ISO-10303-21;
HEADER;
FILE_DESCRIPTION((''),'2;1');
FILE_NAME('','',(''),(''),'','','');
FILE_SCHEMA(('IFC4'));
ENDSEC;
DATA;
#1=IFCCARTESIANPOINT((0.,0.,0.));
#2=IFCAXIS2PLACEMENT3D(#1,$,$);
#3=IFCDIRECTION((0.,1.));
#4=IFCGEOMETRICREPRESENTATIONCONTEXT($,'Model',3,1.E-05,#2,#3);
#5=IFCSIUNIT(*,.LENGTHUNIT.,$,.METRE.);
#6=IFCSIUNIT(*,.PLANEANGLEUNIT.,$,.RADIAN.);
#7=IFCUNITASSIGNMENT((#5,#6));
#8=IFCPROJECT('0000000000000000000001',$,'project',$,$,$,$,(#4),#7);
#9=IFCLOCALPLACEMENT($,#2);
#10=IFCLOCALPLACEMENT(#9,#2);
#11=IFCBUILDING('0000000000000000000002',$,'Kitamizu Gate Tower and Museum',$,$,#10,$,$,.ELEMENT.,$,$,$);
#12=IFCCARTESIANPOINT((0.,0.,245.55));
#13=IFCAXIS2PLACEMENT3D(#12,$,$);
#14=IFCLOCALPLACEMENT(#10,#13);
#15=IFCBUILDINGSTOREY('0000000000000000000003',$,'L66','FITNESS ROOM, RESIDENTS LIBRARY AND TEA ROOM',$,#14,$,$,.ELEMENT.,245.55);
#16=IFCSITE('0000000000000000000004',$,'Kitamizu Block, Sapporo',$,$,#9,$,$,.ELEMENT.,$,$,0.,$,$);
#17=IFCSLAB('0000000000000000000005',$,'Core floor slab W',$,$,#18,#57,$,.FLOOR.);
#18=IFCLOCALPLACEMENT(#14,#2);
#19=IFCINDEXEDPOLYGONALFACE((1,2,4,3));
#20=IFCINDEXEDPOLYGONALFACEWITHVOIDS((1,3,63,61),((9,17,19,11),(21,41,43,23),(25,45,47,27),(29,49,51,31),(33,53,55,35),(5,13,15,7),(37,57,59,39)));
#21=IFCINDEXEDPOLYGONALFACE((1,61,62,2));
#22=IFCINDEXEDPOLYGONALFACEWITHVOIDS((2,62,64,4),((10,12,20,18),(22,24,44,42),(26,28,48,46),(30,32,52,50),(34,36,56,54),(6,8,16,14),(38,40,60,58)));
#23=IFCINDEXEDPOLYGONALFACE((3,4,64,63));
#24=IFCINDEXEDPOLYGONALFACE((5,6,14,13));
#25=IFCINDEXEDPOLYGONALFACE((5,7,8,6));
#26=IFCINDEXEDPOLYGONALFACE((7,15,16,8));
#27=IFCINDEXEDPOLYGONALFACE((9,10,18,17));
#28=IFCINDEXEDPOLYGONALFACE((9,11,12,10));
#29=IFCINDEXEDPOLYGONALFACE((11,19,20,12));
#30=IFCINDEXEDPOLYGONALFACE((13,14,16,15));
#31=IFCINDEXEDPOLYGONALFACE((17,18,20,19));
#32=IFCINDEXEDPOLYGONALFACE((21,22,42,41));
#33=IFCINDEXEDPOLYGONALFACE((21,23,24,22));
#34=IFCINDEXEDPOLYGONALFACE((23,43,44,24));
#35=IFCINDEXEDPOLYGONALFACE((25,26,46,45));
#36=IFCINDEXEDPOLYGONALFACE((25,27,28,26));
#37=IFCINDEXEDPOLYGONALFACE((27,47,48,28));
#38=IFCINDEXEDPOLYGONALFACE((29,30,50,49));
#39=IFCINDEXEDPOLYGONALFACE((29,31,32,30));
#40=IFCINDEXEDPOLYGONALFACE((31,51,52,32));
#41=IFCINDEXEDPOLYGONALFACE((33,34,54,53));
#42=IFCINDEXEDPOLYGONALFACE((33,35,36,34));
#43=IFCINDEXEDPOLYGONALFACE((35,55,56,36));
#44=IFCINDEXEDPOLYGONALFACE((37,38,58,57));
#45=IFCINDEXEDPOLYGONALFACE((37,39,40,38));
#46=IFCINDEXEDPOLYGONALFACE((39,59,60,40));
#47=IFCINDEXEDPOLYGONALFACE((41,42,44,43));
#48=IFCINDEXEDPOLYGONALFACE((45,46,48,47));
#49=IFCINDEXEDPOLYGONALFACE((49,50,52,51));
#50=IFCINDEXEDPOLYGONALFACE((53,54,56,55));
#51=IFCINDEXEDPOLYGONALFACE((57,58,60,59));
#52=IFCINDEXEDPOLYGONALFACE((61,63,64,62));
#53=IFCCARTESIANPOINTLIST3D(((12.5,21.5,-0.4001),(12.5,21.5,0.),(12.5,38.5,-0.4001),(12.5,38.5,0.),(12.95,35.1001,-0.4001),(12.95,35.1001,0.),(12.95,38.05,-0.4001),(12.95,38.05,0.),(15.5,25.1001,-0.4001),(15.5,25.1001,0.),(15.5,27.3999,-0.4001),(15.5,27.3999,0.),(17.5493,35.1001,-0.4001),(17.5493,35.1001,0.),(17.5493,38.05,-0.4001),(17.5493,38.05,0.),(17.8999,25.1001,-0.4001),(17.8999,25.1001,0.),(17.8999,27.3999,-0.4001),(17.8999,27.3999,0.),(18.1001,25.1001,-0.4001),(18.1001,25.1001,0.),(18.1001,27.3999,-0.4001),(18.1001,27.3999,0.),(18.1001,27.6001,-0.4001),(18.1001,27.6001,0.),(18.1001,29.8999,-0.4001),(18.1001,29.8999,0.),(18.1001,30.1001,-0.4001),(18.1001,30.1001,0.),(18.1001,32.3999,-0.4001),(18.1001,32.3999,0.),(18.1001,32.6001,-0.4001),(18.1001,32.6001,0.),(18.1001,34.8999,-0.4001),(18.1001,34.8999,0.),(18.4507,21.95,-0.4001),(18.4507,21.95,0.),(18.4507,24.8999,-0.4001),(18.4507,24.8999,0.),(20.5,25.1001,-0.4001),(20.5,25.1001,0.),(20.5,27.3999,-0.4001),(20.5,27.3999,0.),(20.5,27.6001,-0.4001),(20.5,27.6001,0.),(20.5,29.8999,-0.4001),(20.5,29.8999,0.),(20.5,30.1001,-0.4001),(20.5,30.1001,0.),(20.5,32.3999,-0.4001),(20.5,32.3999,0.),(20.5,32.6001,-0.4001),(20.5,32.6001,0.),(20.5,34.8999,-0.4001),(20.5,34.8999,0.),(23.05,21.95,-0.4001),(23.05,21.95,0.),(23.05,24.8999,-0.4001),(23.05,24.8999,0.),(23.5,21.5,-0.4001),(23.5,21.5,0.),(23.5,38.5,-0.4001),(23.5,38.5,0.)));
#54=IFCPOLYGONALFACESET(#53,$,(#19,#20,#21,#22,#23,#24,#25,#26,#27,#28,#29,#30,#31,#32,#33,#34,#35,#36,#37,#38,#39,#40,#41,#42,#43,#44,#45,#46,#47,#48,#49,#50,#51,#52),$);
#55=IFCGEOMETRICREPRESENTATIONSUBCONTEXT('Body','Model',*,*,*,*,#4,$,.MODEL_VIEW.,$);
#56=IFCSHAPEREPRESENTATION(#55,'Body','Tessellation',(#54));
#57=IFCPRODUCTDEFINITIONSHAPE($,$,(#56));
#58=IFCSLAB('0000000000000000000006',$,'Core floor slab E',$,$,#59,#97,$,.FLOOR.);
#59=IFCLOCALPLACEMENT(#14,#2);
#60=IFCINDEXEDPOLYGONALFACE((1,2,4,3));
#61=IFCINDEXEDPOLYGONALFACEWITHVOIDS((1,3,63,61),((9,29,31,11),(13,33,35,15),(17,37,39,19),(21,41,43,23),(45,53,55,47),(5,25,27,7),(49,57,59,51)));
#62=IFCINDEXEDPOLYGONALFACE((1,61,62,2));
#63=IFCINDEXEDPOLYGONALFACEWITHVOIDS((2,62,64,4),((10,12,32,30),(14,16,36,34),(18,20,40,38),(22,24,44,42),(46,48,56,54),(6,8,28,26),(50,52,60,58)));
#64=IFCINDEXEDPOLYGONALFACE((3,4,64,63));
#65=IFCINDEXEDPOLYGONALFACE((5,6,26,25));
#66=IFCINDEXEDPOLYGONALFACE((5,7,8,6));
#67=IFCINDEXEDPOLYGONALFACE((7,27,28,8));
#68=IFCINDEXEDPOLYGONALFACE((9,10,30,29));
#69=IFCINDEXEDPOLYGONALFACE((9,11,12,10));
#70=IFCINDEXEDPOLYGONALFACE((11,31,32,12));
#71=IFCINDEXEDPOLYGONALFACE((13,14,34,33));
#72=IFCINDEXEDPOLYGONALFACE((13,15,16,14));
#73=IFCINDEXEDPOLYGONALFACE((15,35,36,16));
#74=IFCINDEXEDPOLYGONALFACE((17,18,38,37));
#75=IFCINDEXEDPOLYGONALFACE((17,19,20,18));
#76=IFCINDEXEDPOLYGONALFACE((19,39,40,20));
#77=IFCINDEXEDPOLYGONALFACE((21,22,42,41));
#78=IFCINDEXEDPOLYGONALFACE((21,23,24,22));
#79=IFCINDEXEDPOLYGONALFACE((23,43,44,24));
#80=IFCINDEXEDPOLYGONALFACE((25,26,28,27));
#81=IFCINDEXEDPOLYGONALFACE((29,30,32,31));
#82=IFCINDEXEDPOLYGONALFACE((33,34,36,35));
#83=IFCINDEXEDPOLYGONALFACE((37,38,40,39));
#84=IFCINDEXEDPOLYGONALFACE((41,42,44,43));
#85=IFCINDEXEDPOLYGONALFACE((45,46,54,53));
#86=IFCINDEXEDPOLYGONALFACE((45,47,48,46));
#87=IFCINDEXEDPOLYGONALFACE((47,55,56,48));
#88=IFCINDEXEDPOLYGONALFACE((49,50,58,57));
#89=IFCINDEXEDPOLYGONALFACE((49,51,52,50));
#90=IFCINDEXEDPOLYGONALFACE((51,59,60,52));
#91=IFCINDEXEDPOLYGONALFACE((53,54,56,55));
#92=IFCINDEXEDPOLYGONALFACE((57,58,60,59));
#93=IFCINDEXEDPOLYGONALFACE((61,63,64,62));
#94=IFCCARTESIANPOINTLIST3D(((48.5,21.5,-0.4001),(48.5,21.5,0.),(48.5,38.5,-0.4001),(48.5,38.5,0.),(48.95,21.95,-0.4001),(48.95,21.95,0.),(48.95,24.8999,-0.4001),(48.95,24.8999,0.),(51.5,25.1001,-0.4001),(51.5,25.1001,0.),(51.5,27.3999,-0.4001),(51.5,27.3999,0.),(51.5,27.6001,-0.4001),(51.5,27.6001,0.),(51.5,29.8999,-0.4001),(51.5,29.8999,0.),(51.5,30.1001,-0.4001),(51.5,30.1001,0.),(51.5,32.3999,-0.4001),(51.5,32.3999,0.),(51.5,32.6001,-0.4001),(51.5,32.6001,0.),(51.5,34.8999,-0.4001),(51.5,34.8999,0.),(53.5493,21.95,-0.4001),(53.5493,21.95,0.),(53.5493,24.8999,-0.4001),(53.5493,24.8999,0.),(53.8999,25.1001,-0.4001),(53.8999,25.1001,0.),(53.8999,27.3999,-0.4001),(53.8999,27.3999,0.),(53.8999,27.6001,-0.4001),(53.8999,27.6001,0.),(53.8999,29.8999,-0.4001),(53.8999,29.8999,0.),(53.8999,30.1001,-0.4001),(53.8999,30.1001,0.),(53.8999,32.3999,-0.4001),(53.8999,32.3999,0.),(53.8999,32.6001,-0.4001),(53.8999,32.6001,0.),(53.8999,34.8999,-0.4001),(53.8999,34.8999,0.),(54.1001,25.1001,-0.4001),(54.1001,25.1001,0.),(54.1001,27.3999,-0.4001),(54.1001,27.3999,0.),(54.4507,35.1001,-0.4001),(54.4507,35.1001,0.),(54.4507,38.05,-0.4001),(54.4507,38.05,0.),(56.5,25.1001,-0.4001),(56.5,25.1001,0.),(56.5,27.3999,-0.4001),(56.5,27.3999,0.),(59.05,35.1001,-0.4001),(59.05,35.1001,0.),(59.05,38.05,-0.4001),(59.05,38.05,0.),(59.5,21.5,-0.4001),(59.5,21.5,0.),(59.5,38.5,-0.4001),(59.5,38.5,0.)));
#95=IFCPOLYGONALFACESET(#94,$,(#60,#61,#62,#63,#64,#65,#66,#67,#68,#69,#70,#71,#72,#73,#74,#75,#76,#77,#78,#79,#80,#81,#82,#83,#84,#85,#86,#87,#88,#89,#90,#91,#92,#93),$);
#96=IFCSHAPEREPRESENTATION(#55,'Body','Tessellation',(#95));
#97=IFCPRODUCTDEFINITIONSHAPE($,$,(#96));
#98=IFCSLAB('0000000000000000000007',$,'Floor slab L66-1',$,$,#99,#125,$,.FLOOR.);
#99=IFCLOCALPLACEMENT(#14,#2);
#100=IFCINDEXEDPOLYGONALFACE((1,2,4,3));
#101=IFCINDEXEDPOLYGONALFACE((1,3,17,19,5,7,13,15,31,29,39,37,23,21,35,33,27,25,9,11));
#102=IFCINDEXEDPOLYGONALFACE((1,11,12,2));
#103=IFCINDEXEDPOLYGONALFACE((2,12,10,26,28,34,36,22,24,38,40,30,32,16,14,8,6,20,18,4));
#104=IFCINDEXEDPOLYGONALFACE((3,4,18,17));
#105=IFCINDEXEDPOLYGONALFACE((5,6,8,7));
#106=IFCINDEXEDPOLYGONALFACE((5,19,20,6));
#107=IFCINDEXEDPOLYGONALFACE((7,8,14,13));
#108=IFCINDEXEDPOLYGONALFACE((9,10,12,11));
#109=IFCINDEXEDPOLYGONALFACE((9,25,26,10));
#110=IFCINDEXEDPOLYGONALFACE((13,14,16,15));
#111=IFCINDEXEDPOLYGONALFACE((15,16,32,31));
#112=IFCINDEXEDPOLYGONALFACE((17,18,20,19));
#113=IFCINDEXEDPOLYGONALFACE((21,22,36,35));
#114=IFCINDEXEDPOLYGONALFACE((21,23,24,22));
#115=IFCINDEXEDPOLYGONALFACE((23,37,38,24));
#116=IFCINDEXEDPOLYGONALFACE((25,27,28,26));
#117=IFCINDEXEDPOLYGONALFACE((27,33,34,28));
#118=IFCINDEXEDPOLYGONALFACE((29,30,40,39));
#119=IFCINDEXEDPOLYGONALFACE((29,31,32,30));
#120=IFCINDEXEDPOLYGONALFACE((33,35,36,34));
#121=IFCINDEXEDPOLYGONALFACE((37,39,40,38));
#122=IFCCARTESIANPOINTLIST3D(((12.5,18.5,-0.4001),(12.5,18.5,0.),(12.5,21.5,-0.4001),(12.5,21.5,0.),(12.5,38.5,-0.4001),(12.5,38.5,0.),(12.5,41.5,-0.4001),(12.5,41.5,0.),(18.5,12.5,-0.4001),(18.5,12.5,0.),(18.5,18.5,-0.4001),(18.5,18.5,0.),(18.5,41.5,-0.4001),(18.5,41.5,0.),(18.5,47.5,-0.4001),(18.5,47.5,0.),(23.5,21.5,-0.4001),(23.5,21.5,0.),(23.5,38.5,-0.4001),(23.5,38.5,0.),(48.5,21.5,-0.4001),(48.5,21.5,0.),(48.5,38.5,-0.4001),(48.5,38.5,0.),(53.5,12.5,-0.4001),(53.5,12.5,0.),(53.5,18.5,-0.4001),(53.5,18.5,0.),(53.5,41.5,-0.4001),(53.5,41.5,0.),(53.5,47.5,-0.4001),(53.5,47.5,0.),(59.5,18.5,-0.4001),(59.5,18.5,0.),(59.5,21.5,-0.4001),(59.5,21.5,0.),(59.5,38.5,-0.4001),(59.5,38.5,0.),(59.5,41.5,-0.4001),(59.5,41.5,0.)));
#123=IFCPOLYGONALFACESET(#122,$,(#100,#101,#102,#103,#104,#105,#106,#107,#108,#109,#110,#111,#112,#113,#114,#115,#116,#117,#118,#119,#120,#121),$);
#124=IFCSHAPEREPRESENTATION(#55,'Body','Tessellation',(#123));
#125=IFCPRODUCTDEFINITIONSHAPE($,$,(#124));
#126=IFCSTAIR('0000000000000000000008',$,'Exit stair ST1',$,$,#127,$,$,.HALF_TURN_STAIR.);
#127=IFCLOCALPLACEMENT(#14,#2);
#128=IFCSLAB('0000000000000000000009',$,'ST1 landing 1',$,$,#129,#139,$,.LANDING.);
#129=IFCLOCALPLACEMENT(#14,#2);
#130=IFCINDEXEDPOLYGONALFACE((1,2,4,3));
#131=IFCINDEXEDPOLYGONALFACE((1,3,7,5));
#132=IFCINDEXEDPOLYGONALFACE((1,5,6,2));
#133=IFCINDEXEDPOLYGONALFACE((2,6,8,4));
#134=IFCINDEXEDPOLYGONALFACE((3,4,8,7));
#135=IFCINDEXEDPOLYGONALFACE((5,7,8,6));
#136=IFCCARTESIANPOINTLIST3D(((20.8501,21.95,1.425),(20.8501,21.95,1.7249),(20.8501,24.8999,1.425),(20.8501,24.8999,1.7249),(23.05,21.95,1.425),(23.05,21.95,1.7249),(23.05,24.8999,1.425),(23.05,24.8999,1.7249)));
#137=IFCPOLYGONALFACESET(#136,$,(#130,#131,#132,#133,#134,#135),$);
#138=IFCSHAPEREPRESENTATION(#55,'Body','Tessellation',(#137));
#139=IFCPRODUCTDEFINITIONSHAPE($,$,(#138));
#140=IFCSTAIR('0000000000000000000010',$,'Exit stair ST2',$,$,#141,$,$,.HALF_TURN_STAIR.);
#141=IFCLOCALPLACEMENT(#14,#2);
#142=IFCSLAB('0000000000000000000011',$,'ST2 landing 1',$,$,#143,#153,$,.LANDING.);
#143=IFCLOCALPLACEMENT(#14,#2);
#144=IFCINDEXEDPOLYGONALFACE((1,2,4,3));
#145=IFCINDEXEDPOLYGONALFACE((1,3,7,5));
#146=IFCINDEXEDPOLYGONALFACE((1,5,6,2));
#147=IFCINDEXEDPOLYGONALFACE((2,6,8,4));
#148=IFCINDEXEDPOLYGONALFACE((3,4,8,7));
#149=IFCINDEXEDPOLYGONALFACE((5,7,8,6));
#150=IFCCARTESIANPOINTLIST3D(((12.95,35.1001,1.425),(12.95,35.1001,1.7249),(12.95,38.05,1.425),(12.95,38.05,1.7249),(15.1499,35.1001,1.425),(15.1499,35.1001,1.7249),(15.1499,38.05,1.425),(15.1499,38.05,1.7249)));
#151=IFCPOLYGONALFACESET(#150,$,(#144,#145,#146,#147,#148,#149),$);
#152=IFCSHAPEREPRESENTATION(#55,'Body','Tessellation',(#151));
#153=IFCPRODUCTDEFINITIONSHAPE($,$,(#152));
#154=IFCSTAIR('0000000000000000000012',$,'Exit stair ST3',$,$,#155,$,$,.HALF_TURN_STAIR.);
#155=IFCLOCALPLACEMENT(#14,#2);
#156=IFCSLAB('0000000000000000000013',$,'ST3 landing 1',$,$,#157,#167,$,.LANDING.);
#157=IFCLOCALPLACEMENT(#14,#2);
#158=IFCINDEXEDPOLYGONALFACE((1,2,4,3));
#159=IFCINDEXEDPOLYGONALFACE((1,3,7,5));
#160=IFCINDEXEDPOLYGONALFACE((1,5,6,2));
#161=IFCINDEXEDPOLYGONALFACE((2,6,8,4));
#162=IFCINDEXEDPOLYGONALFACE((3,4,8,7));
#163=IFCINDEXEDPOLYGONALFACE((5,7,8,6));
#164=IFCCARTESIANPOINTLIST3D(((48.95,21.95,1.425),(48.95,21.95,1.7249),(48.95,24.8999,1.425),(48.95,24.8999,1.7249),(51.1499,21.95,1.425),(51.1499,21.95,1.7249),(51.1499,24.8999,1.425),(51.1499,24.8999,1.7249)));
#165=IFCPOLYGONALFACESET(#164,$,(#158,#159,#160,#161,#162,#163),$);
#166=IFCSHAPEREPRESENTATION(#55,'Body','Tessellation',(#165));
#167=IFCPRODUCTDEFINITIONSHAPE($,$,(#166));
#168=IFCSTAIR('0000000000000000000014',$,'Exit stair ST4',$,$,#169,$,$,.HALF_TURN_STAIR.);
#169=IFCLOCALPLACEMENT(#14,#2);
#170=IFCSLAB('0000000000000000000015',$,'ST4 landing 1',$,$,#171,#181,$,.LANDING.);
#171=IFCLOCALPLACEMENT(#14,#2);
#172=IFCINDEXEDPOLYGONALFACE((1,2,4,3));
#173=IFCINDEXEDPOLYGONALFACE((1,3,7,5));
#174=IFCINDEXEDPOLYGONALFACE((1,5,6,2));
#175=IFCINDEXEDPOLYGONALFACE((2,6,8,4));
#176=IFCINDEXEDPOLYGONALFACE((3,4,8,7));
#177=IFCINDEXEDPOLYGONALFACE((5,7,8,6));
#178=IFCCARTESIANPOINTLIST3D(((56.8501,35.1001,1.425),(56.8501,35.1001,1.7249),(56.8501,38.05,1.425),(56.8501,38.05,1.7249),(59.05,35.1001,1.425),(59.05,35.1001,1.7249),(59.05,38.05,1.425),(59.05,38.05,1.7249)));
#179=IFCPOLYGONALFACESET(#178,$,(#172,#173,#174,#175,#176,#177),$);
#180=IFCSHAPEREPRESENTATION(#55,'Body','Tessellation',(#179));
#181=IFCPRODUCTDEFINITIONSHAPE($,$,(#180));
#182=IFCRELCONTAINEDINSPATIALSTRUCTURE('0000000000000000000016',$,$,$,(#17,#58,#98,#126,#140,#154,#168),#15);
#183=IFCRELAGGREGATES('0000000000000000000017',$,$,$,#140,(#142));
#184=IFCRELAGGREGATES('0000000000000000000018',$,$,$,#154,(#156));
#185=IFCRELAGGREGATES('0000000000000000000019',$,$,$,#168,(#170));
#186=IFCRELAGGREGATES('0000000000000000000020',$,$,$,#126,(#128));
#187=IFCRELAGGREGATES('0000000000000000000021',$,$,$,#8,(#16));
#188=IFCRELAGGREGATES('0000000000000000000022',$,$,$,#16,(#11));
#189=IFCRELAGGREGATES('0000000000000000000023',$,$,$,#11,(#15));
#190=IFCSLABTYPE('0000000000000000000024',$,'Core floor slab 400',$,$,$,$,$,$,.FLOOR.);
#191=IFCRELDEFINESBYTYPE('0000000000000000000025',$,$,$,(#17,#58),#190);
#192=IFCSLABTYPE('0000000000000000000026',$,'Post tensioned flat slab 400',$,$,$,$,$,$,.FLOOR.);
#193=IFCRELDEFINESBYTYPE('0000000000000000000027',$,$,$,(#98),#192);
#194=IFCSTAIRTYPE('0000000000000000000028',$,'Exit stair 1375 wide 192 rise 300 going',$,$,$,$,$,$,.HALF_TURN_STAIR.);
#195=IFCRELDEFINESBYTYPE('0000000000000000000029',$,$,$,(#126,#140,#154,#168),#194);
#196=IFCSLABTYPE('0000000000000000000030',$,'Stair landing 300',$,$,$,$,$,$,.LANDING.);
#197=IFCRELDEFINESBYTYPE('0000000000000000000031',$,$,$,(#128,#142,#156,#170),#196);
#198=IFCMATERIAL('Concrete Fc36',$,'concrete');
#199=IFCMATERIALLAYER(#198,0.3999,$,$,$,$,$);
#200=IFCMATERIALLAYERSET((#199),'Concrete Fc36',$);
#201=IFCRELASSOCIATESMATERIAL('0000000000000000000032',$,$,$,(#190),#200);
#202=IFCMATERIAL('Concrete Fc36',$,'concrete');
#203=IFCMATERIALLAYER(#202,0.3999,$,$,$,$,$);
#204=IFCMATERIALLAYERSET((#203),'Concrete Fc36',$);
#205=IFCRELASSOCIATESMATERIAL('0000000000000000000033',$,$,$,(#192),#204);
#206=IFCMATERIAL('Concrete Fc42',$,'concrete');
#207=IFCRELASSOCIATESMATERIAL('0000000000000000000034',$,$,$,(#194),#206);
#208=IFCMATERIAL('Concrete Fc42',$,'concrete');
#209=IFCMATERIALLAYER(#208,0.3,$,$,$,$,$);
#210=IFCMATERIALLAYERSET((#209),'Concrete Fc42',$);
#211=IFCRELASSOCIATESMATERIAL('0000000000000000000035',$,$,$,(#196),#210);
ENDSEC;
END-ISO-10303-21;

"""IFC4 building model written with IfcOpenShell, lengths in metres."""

from ifc_helpers import new_model, si_unit, direction, frame, origin, place, context, subcontext, project, spatial, polyline, outline, extrude, material, layer, layer_set, type_object, element, aggregate, save


model = new_model("IFC4")

# Units and contexts
model_context = context("Model", 3, precision=1e-05, world=origin(), true_north=direction((0.0, 1.0)))
body_context = subcontext(model_context, "Body", "Model", "MODEL_VIEW")
ifc_project = project(units=[si_unit("LENGTHUNIT", "METRE"), si_unit("PLANEANGLEUNIT", "RADIAN")], contexts=[model_context])

# Site, building, storey
site_placement = place(None, origin())
site = spatial("IfcSite", under=ifc_project, at=site_placement, Name="Kitamizu Block, Sapporo", CompositionType="ELEMENT", RefElevation=0.0)
building_placement = place(site_placement, origin())
building = spatial("IfcBuilding", under=site, at=building_placement, Name="Kitamizu Gate Tower and Museum", CompositionType="ELEMENT")
storey_placement = place(building_placement, frame((0.0, 0.0, 245.55)))
storey = spatial("IfcBuildingStorey", under=building, at=storey_placement, Name="L66", Description="FITNESS ROOM, RESIDENTS LIBRARY AND TEA ROOM", CompositionType="ELEMENT", Elevation=245.55)

# Slabs
ifc_material_1 = material(Name="Concrete Fc36", Category="concrete")
ifc_layer_1 = layer(ifc_material_1, 0.3999)
ifc_layer_set_1 = layer_set([ifc_layer_1], Name="Concrete Fc36")
slab_type_1 = type_object("IfcSlabType", Name="Core floor slab 400", PredefinedType="FLOOR", material=ifc_layer_set_1)
slab_1_placement = place(storey_placement, frame((0.0, 0.0, -0.4001)))
element("IfcSlab", 1, at=slab_1_placement, inside=storey, type_object=slab_type_1, Name="Core floor slab W", PredefinedType="FLOOR", context=body_context, shape_type="SweptSolid", body=[
    extrude(outline(polyline([(12.5, 21.5), (23.5, 21.5), (23.5, 38.5), (12.5, 38.5), (12.5, 21.5)]), holes=[polyline([(15.5, 25.1001), (17.8999, 25.1001), (17.8999, 27.3999), (15.5, 27.3999), (15.5, 25.1001)]), polyline([(18.1001, 25.1001), (20.5, 25.1001), (20.5, 27.3999), (18.1001, 27.3999), (18.1001, 25.1001)]), polyline([(18.1001, 27.6001), (20.5, 27.6001), (20.5, 29.8999), (18.1001, 29.8999), (18.1001, 27.6001)]), polyline([(18.1001, 30.1001), (20.5, 30.1001), (20.5, 32.3999), (18.1001, 32.3999), (18.1001, 30.1001)]), polyline([(18.1001, 32.6001), (20.5, 32.6001), (20.5, 34.8999), (18.1001, 34.8999), (18.1001, 32.6001)]), polyline([(18.4507, 21.95), (23.05, 21.95), (23.05, 24.8999), (18.4507, 24.8999), (18.4507, 21.95)]), polyline([(12.95, 35.1001), (17.5493, 35.1001), (17.5493, 38.05), (12.95, 38.05), (12.95, 35.1001)])]), origin(), (0.0, 0.0, 1.0), 0.4001),
])
slab_2_placement = place(storey_placement, frame((0.0, 0.0, -0.4001)))
element("IfcSlab", 2, at=slab_2_placement, inside=storey, type_object=slab_type_1, Name="Core floor slab E", PredefinedType="FLOOR", context=body_context, shape_type="SweptSolid", body=[
    extrude(outline(polyline([(48.5, 21.5), (59.5, 21.5), (59.5, 38.5), (48.5, 38.5), (48.5, 21.5)]), holes=[polyline([(54.1001, 25.1001), (56.5, 25.1001), (56.5, 27.3999), (54.1001, 27.3999), (54.1001, 25.1001)]), polyline([(51.5, 25.1001), (53.8999, 25.1001), (53.8999, 27.3999), (51.5, 27.3999), (51.5, 25.1001)]), polyline([(51.5, 27.6001), (53.8999, 27.6001), (53.8999, 29.8999), (51.5, 29.8999), (51.5, 27.6001)]), polyline([(51.5, 30.1001), (53.8999, 30.1001), (53.8999, 32.3999), (51.5, 32.3999), (51.5, 30.1001)]), polyline([(51.5, 32.6001), (53.8999, 32.6001), (53.8999, 34.8999), (51.5, 34.8999), (51.5, 32.6001)]), polyline([(48.95, 21.95), (53.5493, 21.95), (53.5493, 24.8999), (48.95, 24.8999), (48.95, 21.95)]), polyline([(54.4507, 35.1001), (59.05, 35.1001), (59.05, 38.05), (54.4507, 38.05), (54.4507, 35.1001)])]), origin(), (0.0, 0.0, 1.0), 0.4001),
])
ifc_material_2 = material(Name="Concrete Fc36", Category="concrete")
ifc_layer_2 = layer(ifc_material_2, 0.3999)
ifc_layer_set_2 = layer_set([ifc_layer_2], Name="Concrete Fc36")
slab_type_2 = type_object("IfcSlabType", Name="Post tensioned flat slab 400", PredefinedType="FLOOR", material=ifc_layer_set_2)
slab_3_placement = place(storey_placement, frame((0.0, 0.0, -0.4001)))
element("IfcSlab", 3, at=slab_3_placement, inside=storey, type_object=slab_type_2, Name="Floor slab L66-1", PredefinedType="FLOOR", context=body_context, shape_type="SweptSolid", body=[
    extrude(outline(polyline([(12.5, 18.5), (12.5, 21.5), (23.5, 21.5), (23.5, 38.5), (12.5, 38.5), (12.5, 41.5), (18.5, 41.5), (18.5, 47.5), (53.5, 47.5), (53.5, 41.5), (59.5, 41.5), (59.5, 38.5), (48.5, 38.5), (48.5, 21.5), (59.5, 21.5), (59.5, 18.5), (53.5, 18.5), (53.5, 12.5), (18.5, 12.5), (18.5, 18.5), (12.5, 18.5)])), origin(), (0.0, 0.0, 1.0), 0.4001),
])

# Stairs, slabs
ifc_material_3 = material(Name="Concrete Fc42", Category="concrete")
stair_type = type_object("IfcStairType", Name="Exit stair 1375 wide 192 rise 300 going", PredefinedType="HALF_TURN_STAIR", material=ifc_material_3)
stair_1_placement = place(storey_placement, origin())
stair_1 = element("IfcStair", 4, at=stair_1_placement, inside=storey, type_object=stair_type, Name="Exit stair ST1", PredefinedType="HALF_TURN_STAIR")
ifc_material_4 = material(Name="Concrete Fc42", Category="concrete")
ifc_layer_3 = layer(ifc_material_4, 0.3)
ifc_layer_set_3 = layer_set([ifc_layer_3], Name="Concrete Fc42")
slab_type_3 = type_object("IfcSlabType", Name="Stair landing 300", PredefinedType="LANDING", material=ifc_layer_set_3)
slab_4_placement = place(storey_placement, frame((0.0, 0.0, 1.425)))
slab_4 = element("IfcSlab", 5, at=slab_4_placement, type_object=slab_type_3, Name="ST1 landing 1", PredefinedType="LANDING", context=body_context, shape_type="SweptSolid", body=[
    extrude(outline(polyline([(20.8501, 21.95), (23.05, 21.95), (23.05, 24.8999), (20.8501, 24.8999), (20.8501, 21.95)])), origin(), (0.0, 0.0, 1.0), 0.2998),
])
stair_2_placement = place(storey_placement, origin())
stair_2 = element("IfcStair", 6, at=stair_2_placement, inside=storey, type_object=stair_type, Name="Exit stair ST2", PredefinedType="HALF_TURN_STAIR")
slab_5_placement = place(storey_placement, frame((0.0, 0.0, 1.425)))
slab_5 = element("IfcSlab", 7, at=slab_5_placement, type_object=slab_type_3, Name="ST2 landing 1", PredefinedType="LANDING", context=body_context, shape_type="SweptSolid", body=[
    extrude(outline(polyline([(12.95, 35.1001), (15.1499, 35.1001), (15.1499, 38.05), (12.95, 38.05), (12.95, 35.1001)])), origin(), (0.0, 0.0, 1.0), 0.2998),
])
aggregate(stair_2, [slab_5])
stair_3_placement = place(storey_placement, origin())
stair_3 = element("IfcStair", 8, at=stair_3_placement, inside=storey, type_object=stair_type, Name="Exit stair ST3", PredefinedType="HALF_TURN_STAIR")
slab_6_placement = place(storey_placement, frame((0.0, 0.0, 1.425)))
slab_6 = element("IfcSlab", 9, at=slab_6_placement, type_object=slab_type_3, Name="ST3 landing 1", PredefinedType="LANDING", context=body_context, shape_type="SweptSolid", body=[
    extrude(outline(polyline([(48.95, 21.95), (51.1499, 21.95), (51.1499, 24.8999), (48.95, 24.8999), (48.95, 21.95)])), origin(), (0.0, 0.0, 1.0), 0.2998),
])
aggregate(stair_3, [slab_6])
stair_4_placement = place(storey_placement, origin())
stair_4 = element("IfcStair", 10, at=stair_4_placement, inside=storey, type_object=stair_type, Name="Exit stair ST4", PredefinedType="HALF_TURN_STAIR")
slab_7_placement = place(storey_placement, frame((0.0, 0.0, 1.425)))
slab_7 = element("IfcSlab", 11, at=slab_7_placement, type_object=slab_type_3, Name="ST4 landing 1", PredefinedType="LANDING", context=body_context, shape_type="SweptSolid", body=[
    extrude(outline(polyline([(56.8501, 35.1001), (59.05, 35.1001), (59.05, 38.05), (56.8501, 38.05), (56.8501, 35.1001)])), origin(), (0.0, 0.0, 1.0), 0.2998),
])
aggregate(stair_4, [slab_7])

aggregate(stair_1, [slab_4])

save(model, "model.ifc")
